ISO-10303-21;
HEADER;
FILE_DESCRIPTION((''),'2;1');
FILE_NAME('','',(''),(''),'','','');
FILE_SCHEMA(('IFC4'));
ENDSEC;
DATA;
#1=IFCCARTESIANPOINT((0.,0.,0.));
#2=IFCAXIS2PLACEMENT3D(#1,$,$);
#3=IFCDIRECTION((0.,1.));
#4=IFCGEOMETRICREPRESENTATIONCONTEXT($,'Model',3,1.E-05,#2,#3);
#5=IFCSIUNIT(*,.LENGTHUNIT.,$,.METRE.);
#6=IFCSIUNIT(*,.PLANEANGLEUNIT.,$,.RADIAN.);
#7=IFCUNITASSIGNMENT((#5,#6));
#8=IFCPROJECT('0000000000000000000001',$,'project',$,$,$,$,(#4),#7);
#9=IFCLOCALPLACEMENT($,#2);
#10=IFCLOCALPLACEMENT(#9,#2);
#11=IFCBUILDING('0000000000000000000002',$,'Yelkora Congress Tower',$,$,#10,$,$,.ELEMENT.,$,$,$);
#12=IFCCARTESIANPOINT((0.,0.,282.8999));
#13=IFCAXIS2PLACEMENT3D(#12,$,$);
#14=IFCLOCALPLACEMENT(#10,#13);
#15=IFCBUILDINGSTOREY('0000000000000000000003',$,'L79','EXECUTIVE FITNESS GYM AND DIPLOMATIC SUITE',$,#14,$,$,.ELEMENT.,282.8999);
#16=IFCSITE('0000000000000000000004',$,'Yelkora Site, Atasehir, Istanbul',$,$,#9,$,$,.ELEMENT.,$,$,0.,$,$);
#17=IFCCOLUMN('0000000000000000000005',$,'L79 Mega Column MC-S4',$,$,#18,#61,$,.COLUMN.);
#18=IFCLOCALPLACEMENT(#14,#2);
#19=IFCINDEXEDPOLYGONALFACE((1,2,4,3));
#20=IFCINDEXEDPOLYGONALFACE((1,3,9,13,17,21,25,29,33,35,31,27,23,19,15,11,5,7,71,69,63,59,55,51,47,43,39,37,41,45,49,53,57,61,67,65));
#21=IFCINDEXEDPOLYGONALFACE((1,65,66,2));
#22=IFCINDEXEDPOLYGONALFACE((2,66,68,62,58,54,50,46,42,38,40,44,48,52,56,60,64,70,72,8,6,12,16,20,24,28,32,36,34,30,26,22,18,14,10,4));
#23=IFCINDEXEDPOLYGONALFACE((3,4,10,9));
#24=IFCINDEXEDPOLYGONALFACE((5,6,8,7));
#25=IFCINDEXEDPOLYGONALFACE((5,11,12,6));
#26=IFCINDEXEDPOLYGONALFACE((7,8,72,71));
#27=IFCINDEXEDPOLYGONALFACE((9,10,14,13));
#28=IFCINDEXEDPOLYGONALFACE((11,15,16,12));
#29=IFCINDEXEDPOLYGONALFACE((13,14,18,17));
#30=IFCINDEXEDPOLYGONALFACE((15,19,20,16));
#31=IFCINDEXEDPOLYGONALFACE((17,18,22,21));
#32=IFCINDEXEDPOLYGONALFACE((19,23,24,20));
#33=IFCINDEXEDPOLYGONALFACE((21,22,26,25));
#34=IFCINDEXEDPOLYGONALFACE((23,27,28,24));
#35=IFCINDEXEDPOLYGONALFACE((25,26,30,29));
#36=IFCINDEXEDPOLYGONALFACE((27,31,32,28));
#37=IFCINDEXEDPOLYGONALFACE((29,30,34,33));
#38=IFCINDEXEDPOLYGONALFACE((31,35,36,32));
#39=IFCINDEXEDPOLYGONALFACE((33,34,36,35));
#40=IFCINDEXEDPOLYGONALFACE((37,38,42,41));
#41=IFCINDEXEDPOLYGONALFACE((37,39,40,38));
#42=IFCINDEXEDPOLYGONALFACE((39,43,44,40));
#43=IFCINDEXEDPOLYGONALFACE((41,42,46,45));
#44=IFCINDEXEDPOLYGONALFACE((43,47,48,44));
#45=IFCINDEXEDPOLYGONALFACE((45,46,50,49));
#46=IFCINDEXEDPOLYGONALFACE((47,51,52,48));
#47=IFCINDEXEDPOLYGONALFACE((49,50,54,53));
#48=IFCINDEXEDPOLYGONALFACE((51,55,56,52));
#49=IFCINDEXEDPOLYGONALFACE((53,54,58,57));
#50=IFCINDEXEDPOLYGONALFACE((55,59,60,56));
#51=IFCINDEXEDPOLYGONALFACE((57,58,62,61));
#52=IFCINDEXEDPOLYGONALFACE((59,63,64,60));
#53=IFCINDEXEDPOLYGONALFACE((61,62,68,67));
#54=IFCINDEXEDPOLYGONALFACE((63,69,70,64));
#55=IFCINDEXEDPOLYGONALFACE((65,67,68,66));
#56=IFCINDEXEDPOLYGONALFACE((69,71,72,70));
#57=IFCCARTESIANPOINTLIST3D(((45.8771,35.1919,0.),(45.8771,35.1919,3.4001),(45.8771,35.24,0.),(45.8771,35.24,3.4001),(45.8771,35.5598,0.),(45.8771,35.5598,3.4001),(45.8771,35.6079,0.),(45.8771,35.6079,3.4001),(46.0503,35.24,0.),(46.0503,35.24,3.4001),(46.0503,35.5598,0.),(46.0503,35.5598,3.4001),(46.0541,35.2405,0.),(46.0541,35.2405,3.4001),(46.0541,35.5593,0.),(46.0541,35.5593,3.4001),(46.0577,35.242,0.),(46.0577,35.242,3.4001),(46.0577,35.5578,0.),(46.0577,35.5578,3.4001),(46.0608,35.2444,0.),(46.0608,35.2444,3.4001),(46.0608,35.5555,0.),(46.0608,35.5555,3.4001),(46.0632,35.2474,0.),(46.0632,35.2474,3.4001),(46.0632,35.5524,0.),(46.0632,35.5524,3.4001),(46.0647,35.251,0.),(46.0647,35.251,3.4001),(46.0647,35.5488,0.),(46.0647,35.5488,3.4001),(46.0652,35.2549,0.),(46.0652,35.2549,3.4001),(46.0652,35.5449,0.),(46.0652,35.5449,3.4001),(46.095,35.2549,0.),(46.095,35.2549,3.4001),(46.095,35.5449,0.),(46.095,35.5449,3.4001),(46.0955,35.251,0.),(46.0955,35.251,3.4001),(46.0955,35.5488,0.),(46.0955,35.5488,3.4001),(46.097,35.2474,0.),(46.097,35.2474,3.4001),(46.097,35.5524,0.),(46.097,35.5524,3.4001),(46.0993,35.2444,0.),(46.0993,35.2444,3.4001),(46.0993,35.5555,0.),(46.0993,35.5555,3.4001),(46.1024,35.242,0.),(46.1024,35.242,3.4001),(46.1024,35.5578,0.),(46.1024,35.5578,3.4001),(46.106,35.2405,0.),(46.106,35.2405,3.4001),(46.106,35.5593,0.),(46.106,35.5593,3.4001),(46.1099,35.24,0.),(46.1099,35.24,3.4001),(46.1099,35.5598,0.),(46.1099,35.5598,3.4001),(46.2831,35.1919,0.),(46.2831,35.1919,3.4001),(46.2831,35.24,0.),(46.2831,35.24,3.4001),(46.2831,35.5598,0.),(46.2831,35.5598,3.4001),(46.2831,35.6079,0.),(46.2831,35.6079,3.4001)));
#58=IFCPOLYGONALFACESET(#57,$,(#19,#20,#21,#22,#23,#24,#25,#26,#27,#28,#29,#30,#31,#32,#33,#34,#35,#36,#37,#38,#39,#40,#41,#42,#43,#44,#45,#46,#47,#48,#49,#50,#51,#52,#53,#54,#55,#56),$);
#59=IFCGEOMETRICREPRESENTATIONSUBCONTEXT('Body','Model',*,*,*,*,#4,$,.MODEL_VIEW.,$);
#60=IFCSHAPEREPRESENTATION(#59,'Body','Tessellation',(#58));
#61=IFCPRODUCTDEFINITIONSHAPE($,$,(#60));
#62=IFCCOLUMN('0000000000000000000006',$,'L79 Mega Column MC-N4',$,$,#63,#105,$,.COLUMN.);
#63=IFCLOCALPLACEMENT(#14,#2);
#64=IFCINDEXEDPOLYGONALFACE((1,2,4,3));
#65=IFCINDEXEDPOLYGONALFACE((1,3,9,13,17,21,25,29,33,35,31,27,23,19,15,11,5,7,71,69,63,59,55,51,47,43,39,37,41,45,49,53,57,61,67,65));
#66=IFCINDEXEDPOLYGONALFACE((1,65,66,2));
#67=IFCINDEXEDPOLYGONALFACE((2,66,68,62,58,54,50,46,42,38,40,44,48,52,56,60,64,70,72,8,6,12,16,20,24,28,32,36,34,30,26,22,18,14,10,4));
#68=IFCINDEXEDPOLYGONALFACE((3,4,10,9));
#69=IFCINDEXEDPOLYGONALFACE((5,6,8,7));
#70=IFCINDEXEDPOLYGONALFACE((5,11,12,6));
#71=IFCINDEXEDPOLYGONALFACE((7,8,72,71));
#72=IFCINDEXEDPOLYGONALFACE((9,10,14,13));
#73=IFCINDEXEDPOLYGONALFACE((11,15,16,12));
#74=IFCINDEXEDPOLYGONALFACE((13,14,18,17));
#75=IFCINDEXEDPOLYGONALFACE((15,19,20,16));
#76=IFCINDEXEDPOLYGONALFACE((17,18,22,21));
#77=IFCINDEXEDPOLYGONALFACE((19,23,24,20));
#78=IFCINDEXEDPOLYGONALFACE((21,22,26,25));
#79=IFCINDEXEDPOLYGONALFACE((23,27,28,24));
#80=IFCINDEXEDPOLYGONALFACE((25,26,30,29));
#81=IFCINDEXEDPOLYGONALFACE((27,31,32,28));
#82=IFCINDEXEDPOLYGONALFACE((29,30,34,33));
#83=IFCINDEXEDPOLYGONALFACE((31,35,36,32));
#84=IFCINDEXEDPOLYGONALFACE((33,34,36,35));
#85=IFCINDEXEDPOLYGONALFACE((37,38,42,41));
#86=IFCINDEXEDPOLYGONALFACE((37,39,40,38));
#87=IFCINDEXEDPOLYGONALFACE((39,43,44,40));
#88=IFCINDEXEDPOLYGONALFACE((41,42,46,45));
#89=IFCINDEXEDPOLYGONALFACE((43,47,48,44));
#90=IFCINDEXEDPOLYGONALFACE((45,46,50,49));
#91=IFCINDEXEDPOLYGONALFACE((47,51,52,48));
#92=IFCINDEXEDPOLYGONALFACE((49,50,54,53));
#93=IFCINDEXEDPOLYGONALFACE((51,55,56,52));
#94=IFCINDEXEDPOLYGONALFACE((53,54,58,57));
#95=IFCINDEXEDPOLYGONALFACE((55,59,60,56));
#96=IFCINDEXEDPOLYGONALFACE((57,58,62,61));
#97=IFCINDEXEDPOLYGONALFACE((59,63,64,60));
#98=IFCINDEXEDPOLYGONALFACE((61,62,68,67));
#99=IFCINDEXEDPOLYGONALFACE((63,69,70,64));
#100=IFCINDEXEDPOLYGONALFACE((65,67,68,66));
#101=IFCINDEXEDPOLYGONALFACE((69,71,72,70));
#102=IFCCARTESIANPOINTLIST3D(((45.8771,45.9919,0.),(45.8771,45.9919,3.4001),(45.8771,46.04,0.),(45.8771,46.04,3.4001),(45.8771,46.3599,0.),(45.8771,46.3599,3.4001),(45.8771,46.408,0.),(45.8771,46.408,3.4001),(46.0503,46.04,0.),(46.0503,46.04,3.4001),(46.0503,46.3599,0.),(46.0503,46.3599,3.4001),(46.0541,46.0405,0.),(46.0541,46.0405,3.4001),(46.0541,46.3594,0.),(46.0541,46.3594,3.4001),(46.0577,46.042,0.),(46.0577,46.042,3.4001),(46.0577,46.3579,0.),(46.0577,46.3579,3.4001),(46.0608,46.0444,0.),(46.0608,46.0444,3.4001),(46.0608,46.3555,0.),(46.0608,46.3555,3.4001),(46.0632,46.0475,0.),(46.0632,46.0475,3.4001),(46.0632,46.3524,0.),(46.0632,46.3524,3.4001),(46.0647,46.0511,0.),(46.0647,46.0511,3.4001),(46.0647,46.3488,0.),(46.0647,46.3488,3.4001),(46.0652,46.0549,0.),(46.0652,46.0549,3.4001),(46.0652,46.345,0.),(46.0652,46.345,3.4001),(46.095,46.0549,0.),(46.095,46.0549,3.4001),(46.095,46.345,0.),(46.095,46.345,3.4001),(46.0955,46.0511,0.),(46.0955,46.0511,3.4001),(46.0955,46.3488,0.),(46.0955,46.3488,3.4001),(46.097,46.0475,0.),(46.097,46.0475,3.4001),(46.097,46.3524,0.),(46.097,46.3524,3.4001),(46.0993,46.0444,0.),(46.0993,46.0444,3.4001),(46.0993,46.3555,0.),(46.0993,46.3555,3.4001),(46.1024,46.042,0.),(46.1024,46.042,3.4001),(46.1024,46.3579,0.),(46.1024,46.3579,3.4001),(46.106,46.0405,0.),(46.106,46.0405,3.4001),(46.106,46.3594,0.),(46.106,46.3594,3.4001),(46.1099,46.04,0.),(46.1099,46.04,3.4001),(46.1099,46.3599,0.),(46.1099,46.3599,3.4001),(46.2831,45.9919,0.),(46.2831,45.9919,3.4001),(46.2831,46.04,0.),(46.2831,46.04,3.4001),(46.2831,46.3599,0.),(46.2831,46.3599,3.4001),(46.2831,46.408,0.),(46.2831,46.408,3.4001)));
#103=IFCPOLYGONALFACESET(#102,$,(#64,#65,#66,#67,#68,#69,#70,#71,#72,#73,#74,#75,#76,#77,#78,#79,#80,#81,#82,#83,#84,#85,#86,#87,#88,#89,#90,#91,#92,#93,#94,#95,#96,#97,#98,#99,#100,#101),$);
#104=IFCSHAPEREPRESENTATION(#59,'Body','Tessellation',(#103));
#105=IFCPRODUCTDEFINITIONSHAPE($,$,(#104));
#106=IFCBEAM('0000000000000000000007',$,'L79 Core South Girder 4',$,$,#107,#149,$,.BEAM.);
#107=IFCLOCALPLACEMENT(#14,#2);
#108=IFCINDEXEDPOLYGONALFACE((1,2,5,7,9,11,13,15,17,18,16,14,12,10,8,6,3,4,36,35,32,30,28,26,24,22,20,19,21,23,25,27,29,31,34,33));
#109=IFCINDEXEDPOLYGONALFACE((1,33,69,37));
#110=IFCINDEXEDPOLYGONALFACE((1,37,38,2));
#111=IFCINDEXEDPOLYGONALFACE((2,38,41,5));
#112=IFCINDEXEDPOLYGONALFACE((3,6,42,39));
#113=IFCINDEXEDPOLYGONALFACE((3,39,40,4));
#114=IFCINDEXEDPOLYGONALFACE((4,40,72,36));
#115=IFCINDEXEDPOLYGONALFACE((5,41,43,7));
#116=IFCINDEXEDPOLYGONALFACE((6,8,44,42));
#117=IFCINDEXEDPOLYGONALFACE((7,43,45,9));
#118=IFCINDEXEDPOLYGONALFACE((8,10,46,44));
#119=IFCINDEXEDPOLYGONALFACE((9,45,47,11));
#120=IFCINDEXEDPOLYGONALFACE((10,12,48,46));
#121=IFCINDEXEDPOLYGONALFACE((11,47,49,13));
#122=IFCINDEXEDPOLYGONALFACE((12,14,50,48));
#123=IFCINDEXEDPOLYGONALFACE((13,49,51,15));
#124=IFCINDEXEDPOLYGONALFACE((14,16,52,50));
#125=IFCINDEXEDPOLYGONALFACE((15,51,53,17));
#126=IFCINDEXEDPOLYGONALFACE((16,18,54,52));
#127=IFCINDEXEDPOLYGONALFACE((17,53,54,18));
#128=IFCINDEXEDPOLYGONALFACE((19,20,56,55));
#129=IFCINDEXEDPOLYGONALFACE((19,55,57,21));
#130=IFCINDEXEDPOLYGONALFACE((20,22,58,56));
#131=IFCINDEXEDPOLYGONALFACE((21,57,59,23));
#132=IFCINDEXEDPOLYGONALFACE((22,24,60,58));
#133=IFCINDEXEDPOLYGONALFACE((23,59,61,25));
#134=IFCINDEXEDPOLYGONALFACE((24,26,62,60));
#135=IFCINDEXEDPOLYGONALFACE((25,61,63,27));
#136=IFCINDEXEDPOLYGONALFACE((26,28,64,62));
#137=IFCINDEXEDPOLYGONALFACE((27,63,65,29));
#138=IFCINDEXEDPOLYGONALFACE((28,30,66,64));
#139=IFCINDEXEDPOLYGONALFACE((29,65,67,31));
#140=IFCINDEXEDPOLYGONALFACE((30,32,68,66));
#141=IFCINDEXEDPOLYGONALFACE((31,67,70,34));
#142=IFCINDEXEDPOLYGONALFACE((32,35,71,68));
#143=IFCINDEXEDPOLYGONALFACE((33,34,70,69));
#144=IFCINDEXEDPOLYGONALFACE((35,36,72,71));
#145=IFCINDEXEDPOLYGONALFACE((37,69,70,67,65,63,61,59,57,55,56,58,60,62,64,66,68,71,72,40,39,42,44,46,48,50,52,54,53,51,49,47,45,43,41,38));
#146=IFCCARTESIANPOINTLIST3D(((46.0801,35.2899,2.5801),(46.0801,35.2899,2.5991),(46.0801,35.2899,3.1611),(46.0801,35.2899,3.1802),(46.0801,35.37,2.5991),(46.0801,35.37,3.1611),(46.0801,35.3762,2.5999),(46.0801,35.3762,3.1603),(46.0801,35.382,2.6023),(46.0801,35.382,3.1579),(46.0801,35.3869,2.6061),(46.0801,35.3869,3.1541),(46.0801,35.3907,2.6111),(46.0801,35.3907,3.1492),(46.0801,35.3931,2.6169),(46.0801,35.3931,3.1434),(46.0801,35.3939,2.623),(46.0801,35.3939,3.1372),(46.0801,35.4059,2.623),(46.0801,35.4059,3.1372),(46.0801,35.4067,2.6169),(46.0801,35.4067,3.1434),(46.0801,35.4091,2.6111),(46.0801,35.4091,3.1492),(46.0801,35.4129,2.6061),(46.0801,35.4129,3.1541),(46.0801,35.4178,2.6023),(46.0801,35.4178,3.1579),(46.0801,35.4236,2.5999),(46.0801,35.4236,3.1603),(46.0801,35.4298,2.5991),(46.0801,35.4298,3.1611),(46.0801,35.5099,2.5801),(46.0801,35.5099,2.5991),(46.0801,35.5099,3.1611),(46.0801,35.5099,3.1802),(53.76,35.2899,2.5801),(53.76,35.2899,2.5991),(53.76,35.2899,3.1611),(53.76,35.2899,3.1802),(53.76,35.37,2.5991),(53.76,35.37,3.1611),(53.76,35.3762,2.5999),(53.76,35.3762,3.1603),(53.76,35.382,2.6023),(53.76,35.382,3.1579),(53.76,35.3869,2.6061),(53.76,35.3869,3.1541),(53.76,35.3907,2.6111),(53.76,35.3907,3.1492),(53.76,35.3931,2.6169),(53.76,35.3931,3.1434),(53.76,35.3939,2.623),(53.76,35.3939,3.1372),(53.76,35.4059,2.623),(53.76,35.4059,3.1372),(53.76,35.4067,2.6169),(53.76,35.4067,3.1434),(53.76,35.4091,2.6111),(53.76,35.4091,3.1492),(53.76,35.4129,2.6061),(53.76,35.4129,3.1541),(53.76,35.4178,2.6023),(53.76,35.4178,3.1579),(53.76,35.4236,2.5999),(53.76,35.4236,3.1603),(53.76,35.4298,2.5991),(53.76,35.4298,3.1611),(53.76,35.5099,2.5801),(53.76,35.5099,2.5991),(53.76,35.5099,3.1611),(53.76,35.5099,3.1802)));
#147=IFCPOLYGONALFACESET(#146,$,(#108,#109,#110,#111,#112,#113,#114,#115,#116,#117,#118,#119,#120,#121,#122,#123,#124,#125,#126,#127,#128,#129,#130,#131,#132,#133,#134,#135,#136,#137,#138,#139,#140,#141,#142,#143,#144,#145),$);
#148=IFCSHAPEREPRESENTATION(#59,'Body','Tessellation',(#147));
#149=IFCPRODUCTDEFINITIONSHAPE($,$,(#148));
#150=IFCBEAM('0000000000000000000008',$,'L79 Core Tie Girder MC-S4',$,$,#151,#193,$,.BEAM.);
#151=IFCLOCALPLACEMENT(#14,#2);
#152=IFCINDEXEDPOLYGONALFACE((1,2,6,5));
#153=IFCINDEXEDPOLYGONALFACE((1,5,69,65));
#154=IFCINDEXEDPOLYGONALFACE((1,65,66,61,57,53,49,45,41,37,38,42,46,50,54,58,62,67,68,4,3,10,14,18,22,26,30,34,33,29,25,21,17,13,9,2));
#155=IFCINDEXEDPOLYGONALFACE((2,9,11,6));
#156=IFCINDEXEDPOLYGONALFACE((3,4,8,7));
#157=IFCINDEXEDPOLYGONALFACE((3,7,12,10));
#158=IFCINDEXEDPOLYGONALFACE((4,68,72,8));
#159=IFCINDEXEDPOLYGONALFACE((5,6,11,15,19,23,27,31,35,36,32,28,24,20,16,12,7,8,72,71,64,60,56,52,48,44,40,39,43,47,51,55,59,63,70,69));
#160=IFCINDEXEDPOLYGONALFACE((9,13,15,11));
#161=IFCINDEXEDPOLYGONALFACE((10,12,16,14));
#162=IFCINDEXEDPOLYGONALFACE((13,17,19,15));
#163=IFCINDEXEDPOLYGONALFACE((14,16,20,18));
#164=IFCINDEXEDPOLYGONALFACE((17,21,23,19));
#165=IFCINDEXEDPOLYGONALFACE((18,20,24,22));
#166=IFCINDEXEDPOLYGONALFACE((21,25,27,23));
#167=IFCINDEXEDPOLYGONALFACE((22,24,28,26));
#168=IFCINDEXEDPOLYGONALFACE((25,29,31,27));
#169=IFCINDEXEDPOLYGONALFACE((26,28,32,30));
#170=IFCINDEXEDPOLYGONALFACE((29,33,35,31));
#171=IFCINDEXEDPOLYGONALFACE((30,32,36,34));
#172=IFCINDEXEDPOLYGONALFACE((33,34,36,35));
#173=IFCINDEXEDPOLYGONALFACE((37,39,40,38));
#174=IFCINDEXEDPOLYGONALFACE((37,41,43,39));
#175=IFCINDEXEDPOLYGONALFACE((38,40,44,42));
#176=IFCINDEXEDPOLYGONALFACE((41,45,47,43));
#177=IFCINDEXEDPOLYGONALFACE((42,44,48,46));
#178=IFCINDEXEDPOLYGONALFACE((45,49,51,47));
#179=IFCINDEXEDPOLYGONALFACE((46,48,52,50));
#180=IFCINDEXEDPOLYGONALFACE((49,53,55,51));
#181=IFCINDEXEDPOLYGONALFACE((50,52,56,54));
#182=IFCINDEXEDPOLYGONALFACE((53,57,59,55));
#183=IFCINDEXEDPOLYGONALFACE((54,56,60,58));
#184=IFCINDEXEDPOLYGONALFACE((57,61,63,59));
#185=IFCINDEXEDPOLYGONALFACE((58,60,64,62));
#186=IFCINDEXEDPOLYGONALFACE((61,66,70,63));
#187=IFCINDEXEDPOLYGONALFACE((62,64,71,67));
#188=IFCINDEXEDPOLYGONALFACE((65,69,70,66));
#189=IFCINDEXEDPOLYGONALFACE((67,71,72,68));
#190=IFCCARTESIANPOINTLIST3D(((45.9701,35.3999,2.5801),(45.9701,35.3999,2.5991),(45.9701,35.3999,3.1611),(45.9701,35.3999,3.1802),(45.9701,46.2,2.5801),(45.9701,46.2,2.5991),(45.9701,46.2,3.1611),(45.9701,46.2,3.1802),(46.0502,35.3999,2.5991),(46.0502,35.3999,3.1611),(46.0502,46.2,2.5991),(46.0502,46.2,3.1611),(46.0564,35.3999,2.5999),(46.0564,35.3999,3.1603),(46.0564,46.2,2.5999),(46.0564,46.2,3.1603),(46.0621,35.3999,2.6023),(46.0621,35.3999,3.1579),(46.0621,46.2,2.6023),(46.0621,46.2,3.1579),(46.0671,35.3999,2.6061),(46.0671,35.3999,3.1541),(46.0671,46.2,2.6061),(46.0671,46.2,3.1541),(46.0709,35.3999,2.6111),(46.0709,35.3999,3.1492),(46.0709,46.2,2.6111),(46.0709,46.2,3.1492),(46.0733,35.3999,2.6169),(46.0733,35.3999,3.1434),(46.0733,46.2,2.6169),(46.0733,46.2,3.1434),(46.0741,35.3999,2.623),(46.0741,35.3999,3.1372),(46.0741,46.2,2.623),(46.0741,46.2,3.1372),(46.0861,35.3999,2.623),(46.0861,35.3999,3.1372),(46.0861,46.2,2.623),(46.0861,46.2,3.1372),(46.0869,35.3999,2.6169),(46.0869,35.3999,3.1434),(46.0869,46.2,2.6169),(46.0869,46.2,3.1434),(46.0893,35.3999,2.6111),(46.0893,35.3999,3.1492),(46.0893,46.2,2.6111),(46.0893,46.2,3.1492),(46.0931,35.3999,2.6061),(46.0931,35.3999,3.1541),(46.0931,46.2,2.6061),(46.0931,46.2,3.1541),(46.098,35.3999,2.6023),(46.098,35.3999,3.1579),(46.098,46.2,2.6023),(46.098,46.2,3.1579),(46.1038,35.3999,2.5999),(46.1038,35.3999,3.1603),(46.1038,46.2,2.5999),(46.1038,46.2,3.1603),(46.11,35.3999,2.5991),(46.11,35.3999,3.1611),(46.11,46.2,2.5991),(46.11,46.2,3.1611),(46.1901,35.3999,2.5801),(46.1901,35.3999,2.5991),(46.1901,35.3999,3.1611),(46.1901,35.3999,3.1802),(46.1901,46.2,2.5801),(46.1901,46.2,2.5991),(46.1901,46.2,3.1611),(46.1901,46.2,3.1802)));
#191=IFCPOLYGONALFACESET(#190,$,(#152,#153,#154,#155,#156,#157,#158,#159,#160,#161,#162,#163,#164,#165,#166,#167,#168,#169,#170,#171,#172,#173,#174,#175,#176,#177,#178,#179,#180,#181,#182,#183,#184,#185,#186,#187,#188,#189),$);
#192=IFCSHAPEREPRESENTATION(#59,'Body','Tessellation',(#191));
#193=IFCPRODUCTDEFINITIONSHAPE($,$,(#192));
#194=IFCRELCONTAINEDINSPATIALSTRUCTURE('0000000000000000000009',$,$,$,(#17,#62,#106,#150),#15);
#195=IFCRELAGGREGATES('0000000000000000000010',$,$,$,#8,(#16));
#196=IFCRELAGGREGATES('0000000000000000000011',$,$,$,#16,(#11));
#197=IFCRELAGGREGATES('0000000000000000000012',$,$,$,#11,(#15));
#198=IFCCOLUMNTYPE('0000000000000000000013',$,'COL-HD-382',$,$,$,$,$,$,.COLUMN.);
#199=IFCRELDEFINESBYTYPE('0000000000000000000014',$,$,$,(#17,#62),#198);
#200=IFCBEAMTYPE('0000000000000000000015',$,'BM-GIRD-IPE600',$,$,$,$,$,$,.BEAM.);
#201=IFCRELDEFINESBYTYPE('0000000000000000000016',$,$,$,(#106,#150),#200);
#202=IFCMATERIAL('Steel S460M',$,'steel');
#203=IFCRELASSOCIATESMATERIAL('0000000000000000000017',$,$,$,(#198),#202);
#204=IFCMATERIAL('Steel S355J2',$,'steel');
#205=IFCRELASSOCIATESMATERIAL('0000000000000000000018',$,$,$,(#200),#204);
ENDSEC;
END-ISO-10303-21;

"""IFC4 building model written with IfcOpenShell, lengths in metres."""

from ifc_helpers import new_model, si_unit, direction, frame, origin, origin_2d, place, context, subcontext, project, spatial, i_section, extrude, material, material_profile, profile_set, type_object, element, save


model = new_model("IFC4")

# Units and contexts
model_context = context("Model", 3, precision=1e-05, world=origin(), true_north=direction((0.0, 1.0)))
body_context = subcontext(model_context, "Body", "Model", "MODEL_VIEW")
ifc_project = project(units=[si_unit("LENGTHUNIT", "METRE"), si_unit("PLANEANGLEUNIT", "RADIAN")], contexts=[model_context])

# Site, building, storey
site_placement = place(None, origin())
site = spatial("IfcSite", under=ifc_project, at=site_placement, Name="Yelkora Site, Atasehir, Istanbul", CompositionType="ELEMENT", RefElevation=0.0)
building_placement = place(site_placement, origin())
building = spatial("IfcBuilding", under=site, at=building_placement, Name="Yelkora Congress Tower", CompositionType="ELEMENT")
storey_placement = place(building_placement, frame((0.0, 0.0, 282.8999)))
storey = spatial("IfcBuildingStorey", under=building, at=storey_placement, Name="L79", Description="EXECUTIVE FITNESS GYM AND DIPLOMATIC SUITE", CompositionType="ELEMENT", Elevation=282.8999)

# Columns
ifc_material_1 = material(Name="Steel S460M", Category="steel")
ifc_material_profile_1 = material_profile(ifc_material_1, i_section(OverallWidth=0.406, OverallDepth=0.416, WebThickness=0.0298, FlangeThickness=0.0481, FilletRadius=0.0149, at=origin_2d()), Name="HD 400x382")
ifc_profile_set_1 = profile_set([ifc_material_profile_1], Name="Steel S460M")
column_type = type_object("IfcColumnType", Name="COL-HD-382", PredefinedType="COLUMN", material=ifc_profile_set_1)
for number, where, z_axis, x_axis, name in (
    (1, (46.0801, 35.3999, 0.0), (0.0, 0.0, 1.0), (1.0, 0.0, 0.0), "L79 Mega Column MC-S4"),
    (2, (46.0801, 46.2, 0.0), (0.0, 0.0, 1.0), (1.0, 0.0, 0.0), "L79 Mega Column MC-N4"),
):
    element("IfcColumn", number, at=place(storey_placement, frame(where, z_axis=z_axis, x_axis=x_axis)), inside=storey, type_object=column_type, Name=name, PredefinedType="COLUMN", context=body_context, shape_type="SweptSolid", body=[
        extrude(i_section(OverallWidth=0.406, OverallDepth=0.416, WebThickness=0.0298, FlangeThickness=0.0481, FilletRadius=0.0149, at=origin_2d()), origin(), (0.0, 0.0, 1.0), 3.4001),
    ])

# Beams
ifc_material_2 = material(Name="Steel S355J2", Category="steel")
ifc_material_profile_2 = material_profile(ifc_material_2, i_section(OverallWidth=0.22, OverallDepth=0.6001, WebThickness=0.012, FlangeThickness=0.019, FilletRadius=0.0239, at=origin_2d()), Name="IPE 600")
ifc_profile_set_2 = profile_set([ifc_material_profile_2], Name="Steel S355J2")
beam_type = type_object("IfcBeamType", Name="BM-GIRD-IPE600", PredefinedType="BEAM", material=ifc_profile_set_2)
beam_1_placement = place(storey_placement, frame((46.0801, 35.3999, 2.8801), z_axis=(1.0, 0.0, 0.0), x_axis=(0.0, 1.0, 0.0)))
element("IfcBeam", 3, at=beam_1_placement, inside=storey, type_object=beam_type, Name="L79 Core South Girder 4", PredefinedType="BEAM", context=body_context, shape_type="SweptSolid", body=[
    extrude(i_section(OverallWidth=0.22, OverallDepth=0.6001, WebThickness=0.012, FlangeThickness=0.019, FilletRadius=0.0239, at=origin_2d()), origin(), (0.0, 0.0, 1.0), 7.6799),
])
beam_2_placement = place(storey_placement, frame((46.0801, 35.3999, 2.8801), z_axis=(0.0, 1.0, 0.0), x_axis=(-1.0, 0.0, 0.0)))
element("IfcBeam", 4, at=beam_2_placement, inside=storey, type_object=beam_type, Name="L79 Core Tie Girder MC-S4", PredefinedType="BEAM", context=body_context, shape_type="SweptSolid", body=[
    extrude(i_section(OverallWidth=0.22, OverallDepth=0.6001, WebThickness=0.012, FlangeThickness=0.019, FilletRadius=0.0239, at=origin_2d()), origin(), (0.0, 0.0, 1.0), 10.8),
])

save(model, "model.ifc")
